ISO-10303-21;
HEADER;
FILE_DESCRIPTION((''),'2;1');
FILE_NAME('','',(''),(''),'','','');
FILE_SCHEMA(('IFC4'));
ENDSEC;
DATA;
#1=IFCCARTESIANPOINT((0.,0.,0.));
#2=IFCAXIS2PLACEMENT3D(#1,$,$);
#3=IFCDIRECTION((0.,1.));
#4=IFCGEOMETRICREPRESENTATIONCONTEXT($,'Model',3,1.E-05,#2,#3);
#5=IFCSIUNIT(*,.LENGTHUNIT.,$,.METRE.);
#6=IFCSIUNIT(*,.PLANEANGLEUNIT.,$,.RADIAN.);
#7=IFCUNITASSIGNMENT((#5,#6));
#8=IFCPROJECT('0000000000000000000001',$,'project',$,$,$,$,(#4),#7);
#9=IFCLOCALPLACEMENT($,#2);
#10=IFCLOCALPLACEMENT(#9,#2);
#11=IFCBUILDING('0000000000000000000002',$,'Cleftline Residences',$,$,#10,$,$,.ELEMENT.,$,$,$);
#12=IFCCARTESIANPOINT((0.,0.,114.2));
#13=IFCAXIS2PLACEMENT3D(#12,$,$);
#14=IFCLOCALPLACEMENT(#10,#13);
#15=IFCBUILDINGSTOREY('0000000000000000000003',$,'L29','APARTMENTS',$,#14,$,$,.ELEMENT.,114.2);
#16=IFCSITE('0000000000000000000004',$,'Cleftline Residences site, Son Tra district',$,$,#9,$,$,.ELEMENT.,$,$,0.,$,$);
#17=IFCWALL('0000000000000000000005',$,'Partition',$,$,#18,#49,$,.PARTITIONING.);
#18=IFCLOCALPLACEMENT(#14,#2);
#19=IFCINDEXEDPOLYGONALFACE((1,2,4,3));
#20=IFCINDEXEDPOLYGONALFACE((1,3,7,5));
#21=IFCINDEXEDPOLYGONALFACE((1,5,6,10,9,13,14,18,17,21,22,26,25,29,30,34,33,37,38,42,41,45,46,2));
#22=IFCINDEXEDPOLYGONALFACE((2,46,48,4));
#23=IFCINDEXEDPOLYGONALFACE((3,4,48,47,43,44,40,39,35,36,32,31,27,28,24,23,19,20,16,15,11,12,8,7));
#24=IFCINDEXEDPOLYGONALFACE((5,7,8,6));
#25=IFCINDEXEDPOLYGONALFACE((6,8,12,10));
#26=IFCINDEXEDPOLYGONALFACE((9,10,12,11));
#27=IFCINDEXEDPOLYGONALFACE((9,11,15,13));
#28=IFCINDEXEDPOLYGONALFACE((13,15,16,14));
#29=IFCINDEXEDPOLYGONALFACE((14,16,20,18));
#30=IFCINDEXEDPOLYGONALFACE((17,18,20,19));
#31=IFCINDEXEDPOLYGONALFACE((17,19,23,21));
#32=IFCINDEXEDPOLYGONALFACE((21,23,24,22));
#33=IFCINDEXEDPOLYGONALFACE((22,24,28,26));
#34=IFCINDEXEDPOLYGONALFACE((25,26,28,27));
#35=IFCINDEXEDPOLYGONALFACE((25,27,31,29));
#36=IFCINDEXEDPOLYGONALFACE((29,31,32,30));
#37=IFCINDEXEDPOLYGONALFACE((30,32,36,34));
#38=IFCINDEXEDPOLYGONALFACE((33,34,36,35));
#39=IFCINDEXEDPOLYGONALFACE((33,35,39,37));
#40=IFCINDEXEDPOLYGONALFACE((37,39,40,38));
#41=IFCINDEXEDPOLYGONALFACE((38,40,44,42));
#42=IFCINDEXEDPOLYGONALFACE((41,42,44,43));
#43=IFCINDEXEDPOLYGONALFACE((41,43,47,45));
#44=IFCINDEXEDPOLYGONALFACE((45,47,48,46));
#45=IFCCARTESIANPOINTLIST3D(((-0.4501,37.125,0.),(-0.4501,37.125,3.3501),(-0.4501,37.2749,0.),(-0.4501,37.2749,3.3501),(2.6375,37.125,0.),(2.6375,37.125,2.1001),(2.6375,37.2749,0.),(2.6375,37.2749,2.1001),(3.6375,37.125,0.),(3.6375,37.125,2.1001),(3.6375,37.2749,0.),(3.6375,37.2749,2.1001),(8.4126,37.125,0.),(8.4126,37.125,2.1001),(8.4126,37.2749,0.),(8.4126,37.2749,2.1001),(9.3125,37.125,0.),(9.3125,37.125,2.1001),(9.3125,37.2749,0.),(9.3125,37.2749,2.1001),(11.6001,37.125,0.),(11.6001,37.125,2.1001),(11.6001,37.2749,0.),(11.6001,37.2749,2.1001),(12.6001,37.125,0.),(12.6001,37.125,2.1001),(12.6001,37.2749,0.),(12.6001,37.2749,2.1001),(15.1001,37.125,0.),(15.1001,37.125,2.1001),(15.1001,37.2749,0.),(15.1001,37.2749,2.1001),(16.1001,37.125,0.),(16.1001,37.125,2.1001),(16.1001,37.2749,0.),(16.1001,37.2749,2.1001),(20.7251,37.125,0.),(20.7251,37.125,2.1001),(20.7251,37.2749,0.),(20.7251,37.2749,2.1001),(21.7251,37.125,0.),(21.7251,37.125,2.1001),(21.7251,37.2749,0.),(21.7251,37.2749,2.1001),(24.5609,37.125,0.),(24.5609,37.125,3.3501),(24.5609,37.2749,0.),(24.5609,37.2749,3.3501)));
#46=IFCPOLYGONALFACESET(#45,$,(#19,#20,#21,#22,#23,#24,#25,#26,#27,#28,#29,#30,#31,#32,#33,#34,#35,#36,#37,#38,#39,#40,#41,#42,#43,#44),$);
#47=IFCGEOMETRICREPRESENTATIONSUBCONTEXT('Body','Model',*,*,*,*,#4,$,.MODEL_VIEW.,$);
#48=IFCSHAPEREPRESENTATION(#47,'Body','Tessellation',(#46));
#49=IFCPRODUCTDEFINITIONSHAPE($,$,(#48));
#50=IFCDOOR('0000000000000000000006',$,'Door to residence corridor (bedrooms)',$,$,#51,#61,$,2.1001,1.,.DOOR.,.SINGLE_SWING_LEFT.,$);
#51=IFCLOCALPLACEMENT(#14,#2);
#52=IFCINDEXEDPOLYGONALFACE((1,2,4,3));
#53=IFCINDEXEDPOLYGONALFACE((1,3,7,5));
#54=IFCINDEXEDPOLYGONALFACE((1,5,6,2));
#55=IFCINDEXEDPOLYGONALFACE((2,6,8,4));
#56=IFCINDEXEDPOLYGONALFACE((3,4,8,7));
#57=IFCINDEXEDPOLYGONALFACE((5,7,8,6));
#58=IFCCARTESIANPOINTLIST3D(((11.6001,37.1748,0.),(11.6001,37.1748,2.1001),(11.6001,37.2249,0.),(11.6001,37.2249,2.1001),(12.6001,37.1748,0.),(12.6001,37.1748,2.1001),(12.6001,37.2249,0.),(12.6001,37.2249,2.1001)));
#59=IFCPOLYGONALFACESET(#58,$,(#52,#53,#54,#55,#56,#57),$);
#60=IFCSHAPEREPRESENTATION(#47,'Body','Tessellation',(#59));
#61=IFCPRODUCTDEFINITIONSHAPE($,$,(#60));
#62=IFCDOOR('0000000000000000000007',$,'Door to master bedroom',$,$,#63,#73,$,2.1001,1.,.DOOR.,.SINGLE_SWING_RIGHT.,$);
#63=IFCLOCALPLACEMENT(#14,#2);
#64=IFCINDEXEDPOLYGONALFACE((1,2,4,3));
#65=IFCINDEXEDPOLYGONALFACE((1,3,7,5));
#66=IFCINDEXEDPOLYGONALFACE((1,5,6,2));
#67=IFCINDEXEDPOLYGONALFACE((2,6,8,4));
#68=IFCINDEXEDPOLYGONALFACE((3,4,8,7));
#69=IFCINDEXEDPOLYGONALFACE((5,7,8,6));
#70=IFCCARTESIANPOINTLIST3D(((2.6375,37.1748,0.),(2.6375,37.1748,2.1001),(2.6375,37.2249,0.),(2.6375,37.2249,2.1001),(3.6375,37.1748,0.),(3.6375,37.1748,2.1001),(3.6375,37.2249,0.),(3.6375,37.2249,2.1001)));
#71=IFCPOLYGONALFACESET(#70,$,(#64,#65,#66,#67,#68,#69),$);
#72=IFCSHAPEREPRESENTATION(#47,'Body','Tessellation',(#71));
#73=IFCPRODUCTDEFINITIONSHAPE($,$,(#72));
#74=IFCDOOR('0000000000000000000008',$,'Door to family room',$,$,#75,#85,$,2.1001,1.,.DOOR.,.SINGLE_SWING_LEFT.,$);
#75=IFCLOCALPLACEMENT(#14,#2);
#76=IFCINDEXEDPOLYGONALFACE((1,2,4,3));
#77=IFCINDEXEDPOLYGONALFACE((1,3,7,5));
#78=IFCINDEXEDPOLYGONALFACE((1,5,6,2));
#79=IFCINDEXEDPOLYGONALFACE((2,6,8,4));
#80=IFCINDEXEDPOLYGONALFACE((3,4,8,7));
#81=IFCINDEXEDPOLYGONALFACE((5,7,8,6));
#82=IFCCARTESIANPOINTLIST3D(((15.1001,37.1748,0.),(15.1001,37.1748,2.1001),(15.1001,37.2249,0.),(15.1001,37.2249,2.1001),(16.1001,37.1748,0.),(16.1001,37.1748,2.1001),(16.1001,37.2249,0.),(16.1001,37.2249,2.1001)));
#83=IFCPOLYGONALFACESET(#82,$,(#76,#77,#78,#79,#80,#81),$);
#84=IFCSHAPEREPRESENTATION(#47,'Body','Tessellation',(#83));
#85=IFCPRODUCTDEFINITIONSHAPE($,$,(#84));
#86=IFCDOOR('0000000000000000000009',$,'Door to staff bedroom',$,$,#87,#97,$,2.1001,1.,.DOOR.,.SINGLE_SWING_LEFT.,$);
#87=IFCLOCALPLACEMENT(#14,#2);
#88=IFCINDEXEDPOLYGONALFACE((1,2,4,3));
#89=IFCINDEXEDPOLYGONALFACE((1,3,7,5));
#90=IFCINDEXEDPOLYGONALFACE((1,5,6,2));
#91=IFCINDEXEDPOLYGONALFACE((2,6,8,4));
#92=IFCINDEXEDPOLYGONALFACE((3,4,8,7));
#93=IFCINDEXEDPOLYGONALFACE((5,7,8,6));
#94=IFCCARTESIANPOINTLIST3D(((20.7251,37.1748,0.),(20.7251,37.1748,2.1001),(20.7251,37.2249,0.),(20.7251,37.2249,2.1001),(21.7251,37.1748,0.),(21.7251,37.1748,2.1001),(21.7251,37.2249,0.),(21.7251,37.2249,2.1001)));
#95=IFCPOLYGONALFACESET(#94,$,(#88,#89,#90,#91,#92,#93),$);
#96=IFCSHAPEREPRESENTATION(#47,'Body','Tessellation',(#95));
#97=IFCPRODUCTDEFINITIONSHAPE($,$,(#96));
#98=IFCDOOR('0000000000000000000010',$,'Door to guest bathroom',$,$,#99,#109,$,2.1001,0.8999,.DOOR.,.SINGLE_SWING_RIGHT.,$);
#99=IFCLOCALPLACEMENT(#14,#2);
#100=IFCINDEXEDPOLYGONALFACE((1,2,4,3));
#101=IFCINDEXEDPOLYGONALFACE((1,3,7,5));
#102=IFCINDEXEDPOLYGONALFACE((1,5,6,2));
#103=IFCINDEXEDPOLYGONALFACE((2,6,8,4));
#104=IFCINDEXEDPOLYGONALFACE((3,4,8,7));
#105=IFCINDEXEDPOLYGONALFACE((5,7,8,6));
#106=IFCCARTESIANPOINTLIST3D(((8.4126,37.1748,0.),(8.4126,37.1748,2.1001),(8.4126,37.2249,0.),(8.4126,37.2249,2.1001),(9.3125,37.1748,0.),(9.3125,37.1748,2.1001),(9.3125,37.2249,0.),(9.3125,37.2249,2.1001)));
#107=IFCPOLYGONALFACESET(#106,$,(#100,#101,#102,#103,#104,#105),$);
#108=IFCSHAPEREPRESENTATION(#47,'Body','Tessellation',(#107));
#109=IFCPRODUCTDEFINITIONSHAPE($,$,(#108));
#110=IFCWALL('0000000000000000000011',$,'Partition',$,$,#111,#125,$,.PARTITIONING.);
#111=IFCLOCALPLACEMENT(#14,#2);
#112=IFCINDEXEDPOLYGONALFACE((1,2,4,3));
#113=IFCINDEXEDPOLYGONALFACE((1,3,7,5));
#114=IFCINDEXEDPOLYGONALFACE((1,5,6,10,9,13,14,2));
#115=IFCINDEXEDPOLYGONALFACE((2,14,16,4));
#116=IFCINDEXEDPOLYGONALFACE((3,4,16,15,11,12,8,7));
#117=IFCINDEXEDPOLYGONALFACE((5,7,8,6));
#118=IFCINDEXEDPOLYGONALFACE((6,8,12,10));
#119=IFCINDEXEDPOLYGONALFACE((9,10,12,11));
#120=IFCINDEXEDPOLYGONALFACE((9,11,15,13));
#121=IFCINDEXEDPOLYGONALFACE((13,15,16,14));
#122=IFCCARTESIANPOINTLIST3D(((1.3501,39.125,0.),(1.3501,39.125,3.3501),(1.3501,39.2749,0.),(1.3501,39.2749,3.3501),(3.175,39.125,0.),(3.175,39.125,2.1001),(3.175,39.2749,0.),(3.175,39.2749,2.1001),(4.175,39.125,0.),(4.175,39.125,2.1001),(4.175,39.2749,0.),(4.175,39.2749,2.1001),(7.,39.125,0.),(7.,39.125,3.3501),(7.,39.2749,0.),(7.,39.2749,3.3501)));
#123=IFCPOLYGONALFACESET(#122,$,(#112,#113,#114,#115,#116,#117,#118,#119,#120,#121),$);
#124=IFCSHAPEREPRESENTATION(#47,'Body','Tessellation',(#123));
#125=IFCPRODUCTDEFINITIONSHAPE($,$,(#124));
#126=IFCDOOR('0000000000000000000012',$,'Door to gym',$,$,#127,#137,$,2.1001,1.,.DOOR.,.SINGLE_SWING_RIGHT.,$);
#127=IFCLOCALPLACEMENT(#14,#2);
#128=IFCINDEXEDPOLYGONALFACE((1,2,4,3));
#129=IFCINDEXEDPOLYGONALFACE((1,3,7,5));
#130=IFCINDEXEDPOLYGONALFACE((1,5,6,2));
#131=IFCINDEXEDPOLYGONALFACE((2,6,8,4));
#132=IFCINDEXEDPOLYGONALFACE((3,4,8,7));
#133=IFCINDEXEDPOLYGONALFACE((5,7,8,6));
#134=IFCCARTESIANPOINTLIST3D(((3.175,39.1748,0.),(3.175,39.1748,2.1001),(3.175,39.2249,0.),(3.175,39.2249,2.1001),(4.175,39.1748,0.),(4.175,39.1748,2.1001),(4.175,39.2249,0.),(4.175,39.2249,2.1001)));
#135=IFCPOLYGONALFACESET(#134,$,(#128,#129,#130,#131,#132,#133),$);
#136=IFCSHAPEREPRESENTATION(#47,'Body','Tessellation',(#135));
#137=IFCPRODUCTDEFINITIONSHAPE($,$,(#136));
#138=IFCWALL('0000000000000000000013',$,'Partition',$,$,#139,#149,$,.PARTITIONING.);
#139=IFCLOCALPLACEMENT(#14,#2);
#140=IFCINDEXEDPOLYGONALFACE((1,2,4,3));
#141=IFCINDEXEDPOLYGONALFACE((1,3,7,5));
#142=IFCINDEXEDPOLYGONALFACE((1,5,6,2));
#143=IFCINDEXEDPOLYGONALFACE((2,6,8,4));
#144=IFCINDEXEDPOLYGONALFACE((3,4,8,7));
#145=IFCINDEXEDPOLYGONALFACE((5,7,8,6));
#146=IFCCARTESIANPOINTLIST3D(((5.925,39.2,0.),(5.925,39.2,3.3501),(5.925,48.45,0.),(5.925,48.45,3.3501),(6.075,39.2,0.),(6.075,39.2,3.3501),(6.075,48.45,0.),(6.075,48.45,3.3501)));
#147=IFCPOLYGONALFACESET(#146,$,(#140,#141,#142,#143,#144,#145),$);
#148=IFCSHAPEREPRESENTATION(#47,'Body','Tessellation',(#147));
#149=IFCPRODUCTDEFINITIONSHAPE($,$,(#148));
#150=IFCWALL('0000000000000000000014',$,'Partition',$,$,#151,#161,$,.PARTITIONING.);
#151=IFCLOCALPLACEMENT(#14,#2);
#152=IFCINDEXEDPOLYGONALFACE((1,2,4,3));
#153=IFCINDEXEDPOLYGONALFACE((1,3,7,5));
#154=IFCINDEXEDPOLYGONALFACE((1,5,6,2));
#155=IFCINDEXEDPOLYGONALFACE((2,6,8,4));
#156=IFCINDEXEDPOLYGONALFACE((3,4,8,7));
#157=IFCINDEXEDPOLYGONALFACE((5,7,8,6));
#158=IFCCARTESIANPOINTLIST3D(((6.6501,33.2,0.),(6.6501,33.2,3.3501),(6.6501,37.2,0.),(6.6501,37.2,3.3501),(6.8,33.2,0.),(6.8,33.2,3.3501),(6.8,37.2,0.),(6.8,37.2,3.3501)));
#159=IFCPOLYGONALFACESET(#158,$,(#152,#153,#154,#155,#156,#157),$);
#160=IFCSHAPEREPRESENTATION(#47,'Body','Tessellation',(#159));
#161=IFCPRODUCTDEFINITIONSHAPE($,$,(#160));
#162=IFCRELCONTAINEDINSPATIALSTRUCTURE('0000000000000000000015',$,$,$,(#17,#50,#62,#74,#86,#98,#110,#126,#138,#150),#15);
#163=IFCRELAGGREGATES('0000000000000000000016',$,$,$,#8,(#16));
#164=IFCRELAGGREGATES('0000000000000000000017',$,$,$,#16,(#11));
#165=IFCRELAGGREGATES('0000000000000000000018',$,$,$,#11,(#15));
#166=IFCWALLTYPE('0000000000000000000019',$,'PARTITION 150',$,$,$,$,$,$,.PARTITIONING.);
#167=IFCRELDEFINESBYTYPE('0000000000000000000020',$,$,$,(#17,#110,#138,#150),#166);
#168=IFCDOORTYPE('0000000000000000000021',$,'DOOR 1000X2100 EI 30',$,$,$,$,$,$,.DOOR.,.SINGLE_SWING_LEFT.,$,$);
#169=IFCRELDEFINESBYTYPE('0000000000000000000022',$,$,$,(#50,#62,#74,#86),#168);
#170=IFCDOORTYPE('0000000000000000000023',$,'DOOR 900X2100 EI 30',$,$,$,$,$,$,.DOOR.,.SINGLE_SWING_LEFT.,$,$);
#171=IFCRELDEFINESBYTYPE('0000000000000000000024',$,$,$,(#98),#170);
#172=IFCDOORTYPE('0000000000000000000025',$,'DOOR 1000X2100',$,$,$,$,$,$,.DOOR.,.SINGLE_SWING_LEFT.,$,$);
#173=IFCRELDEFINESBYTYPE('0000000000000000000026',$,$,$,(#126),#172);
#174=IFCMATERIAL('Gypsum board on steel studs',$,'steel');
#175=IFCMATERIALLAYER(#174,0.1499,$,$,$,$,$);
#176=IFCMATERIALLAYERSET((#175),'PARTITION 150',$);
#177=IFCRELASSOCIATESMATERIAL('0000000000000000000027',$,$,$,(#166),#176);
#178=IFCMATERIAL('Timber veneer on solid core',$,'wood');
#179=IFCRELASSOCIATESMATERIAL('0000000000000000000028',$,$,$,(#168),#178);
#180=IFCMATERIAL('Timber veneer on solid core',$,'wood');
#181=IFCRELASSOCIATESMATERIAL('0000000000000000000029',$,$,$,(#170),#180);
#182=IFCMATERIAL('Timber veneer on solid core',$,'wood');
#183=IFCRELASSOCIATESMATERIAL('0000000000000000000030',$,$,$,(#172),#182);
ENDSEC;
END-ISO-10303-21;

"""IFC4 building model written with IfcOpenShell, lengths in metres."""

from ifc_helpers import new_model, si_unit, direction, frame, frame_2d, origin, place, context, subcontext, project, spatial, rectangle, extrude, material, layer, layer_set, type_object, element, fill, save


model = new_model("IFC4")

# Units and contexts
model_context = context("Model", 3, precision=1e-05, world=origin(), true_north=direction((0.0, 1.0)))
body_context = subcontext(model_context, "Body", "Model", "MODEL_VIEW")
ifc_project = project(units=[si_unit("LENGTHUNIT", "METRE"), si_unit("PLANEANGLEUNIT", "RADIAN")], contexts=[model_context])

# Site, building, storey
site_placement = place(None, origin())
site = spatial("IfcSite", under=ifc_project, at=site_placement, Name="Cleftline Residences site, Son Tra district", CompositionType="ELEMENT", RefElevation=0.0)
building_placement = place(site_placement, origin())
building = spatial("IfcBuilding", under=site, at=building_placement, Name="Cleftline Residences", CompositionType="ELEMENT")
storey_placement = place(building_placement, frame((0.0, 0.0, 114.2)))
storey = spatial("IfcBuildingStorey", under=building, at=storey_placement, Name="L29", Description="APARTMENTS", CompositionType="ELEMENT", Elevation=114.2)

# Shared definitions
ifc_material_1 = material(Name="Gypsum board on steel studs", Category="steel")
ifc_layer = layer(ifc_material_1, 0.1499)
ifc_layer_set = layer_set([ifc_layer], Name="PARTITION 150")
wall_type = type_object("IfcWallType", Name="PARTITION 150", PredefinedType="PARTITIONING", material=ifc_layer_set)

# Wall, openings, doors
wall_1_placement = place(storey_placement, frame((-0.45, 37.2, 0.0), z_axis=(0.0, 0.0, 1.0), x_axis=(1.0, 0.0, 0.0)))
wall_1 = element("IfcWall", 1, at=wall_1_placement, inside=storey, type_object=wall_type, Name="Partition", PredefinedType="PARTITIONING", context=body_context, shape_type="SweptSolid", body=[
    extrude(rectangle(XDim=25.011, YDim=0.1499, at=frame_2d((12.5054, 0.0))), origin(), (0.0, 0.0, 1.0), 3.3501),
])
opening_1_placement = place(wall_1_placement, frame((12.05, 0.0, 0.0)))
opening_1 = element("IfcOpeningElement", 2, at=opening_1_placement, cuts=wall_1, PredefinedType="OPENING", context=body_context, shape_type="SweptSolid", body=[
    extrude(rectangle(XDim=1.0, YDim=2.1001, at=frame_2d((0.5, 1.05))), frame((0.0, 0.085, 0.0), z_axis=(0.0, -1.0, 0.0), x_axis=(1.0, 0.0, 0.0)), (0.0, 0.0, 1.0), 0.1699),
])
opening_2_placement = place(wall_1_placement, frame((3.0874, 0.0, 0.0)))
opening_2 = element("IfcOpeningElement", 3, at=opening_2_placement, cuts=wall_1, PredefinedType="OPENING", context=body_context, shape_type="SweptSolid", body=[
    extrude(rectangle(XDim=1.0, YDim=2.1001, at=frame_2d((0.5, 1.05))), frame((0.0, 0.085, 0.0), z_axis=(0.0, -1.0, 0.0), x_axis=(1.0, 0.0, 0.0)), (0.0, 0.0, 1.0), 0.1699),
])
opening_3_placement = place(wall_1_placement, frame((8.8625, 0.0, 0.0)))
opening_3 = element("IfcOpeningElement", 4, at=opening_3_placement, cuts=wall_1, PredefinedType="OPENING", context=body_context, shape_type="SweptSolid", body=[
    extrude(rectangle(XDim=0.8999, YDim=2.1001, at=frame_2d((0.45, 1.05))), frame((0.0, 0.085, 0.0), z_axis=(0.0, -1.0, 0.0), x_axis=(1.0, 0.0, 0.0)), (0.0, 0.0, 1.0), 0.1699),
])
opening_4_placement = place(wall_1_placement, frame((15.55, 0.0, 0.0)))
opening_4 = element("IfcOpeningElement", 5, at=opening_4_placement, cuts=wall_1, PredefinedType="OPENING", context=body_context, shape_type="SweptSolid", body=[
    extrude(rectangle(XDim=1.0, YDim=2.1001, at=frame_2d((0.5, 1.05))), frame((0.0, 0.085, 0.0), z_axis=(0.0, -1.0, 0.0), x_axis=(1.0, 0.0, 0.0)), (0.0, 0.0, 1.0), 0.1699),
])
opening_5_placement = place(wall_1_placement, frame((21.175, 0.0, 0.0)))
opening_5 = element("IfcOpeningElement", 6, at=opening_5_placement, cuts=wall_1, PredefinedType="OPENING", context=body_context, shape_type="SweptSolid", body=[
    extrude(rectangle(XDim=1.0, YDim=2.1001, at=frame_2d((0.5, 1.05))), frame((0.0, 0.085, 0.0), z_axis=(0.0, -1.0, 0.0), x_axis=(1.0, 0.0, 0.0)), (0.0, 0.0, 1.0), 0.1699),
])
ifc_material_2 = material(Name="Timber veneer on solid core", Category="wood")
door_type_1 = type_object("IfcDoorType", Name="DOOR 1000X2100 EI 30", OperationType="SINGLE_SWING_LEFT", PredefinedType="DOOR", material=ifc_material_2)
door_1_placement = place(opening_1_placement, origin())
door_1 = element("IfcDoor", 7, at=door_1_placement, inside=storey, type_object=door_type_1, Name="Door to residence corridor (bedrooms)", OperationType="SINGLE_SWING_LEFT", OverallHeight=2.1001, OverallWidth=1.0, PredefinedType="DOOR", context=body_context, shape_type="SweptSolid", body=[
    extrude(rectangle(XDim=1.0, YDim=2.1001, at=frame_2d((0.5, 1.05))), frame((0.0, 0.0249, 0.0), z_axis=(0.0, -1.0, 0.0), x_axis=(1.0, 0.0, 0.0)), (0.0, 0.0, 1.0), 0.05),
])
fill(opening_1, door_1)
door_2_placement = place(opening_2_placement, origin())
door_2 = element("IfcDoor", 8, at=door_2_placement, inside=storey, type_object=door_type_1, Name="Door to master bedroom", OperationType="SINGLE_SWING_RIGHT", OverallHeight=2.1001, OverallWidth=1.0, PredefinedType="DOOR", context=body_context, shape_type="SweptSolid", body=[
    extrude(rectangle(XDim=1.0, YDim=2.1001, at=frame_2d((0.5, 1.05))), frame((0.0, 0.0249, 0.0), z_axis=(0.0, -1.0, 0.0), x_axis=(1.0, 0.0, 0.0)), (0.0, 0.0, 1.0), 0.05),
])
fill(opening_2, door_2)
door_3_placement = place(opening_4_placement, origin())
door_3 = element("IfcDoor", 9, at=door_3_placement, inside=storey, type_object=door_type_1, Name="Door to family room", OperationType="SINGLE_SWING_LEFT", OverallHeight=2.1001, OverallWidth=1.0, PredefinedType="DOOR", context=body_context, shape_type="SweptSolid", body=[
    extrude(rectangle(XDim=1.0, YDim=2.1001, at=frame_2d((0.5, 1.05))), frame((0.0, 0.0249, 0.0), z_axis=(0.0, -1.0, 0.0), x_axis=(1.0, 0.0, 0.0)), (0.0, 0.0, 1.0), 0.05),
])
fill(opening_4, door_3)
door_4_placement = place(opening_5_placement, origin())
door_4 = element("IfcDoor", 10, at=door_4_placement, inside=storey, type_object=door_type_1, Name="Door to staff bedroom", OperationType="SINGLE_SWING_LEFT", OverallHeight=2.1001, OverallWidth=1.0, PredefinedType="DOOR", context=body_context, shape_type="SweptSolid", body=[
    extrude(rectangle(XDim=1.0, YDim=2.1001, at=frame_2d((0.5, 1.05))), frame((0.0, 0.0249, 0.0), z_axis=(0.0, -1.0, 0.0), x_axis=(1.0, 0.0, 0.0)), (0.0, 0.0, 1.0), 0.05),
])
fill(opening_5, door_4)
ifc_material_3 = material(Name="Timber veneer on solid core", Category="wood")
door_type_2 = type_object("IfcDoorType", Name="DOOR 900X2100 EI 30", OperationType="SINGLE_SWING_LEFT", PredefinedType="DOOR", material=ifc_material_3)
door_5_placement = place(opening_3_placement, origin())
door_5 = element("IfcDoor", 11, at=door_5_placement, inside=storey, type_object=door_type_2, Name="Door to guest bathroom", OperationType="SINGLE_SWING_RIGHT", OverallHeight=2.1001, OverallWidth=0.8999, PredefinedType="DOOR", context=body_context, shape_type="SweptSolid", body=[
    extrude(rectangle(XDim=0.8999, YDim=2.1001, at=frame_2d((0.45, 1.05))), frame((0.0, 0.0249, 0.0), z_axis=(0.0, -1.0, 0.0), x_axis=(1.0, 0.0, 0.0)), (0.0, 0.0, 1.0), 0.05),
])
fill(opening_3, door_5)

# Wall, opening, door
wall_2_placement = place(storey_placement, frame((1.3501, 39.2, 0.0), z_axis=(0.0, 0.0, 1.0), x_axis=(1.0, 0.0, 0.0)))
wall_2 = element("IfcWall", 12, at=wall_2_placement, inside=storey, type_object=wall_type, Name="Partition", PredefinedType="PARTITIONING", context=body_context, shape_type="SweptSolid", body=[
    extrude(rectangle(XDim=5.6499, YDim=0.1499, at=frame_2d((2.825, 0.0))), origin(), (0.0, 0.0, 1.0), 3.3501),
])
opening_6_placement = place(wall_2_placement, frame((1.825, 0.0, 0.0)))
opening_6 = element("IfcOpeningElement", 13, at=opening_6_placement, cuts=wall_2, PredefinedType="OPENING", context=body_context, shape_type="SweptSolid", body=[
    extrude(rectangle(XDim=1.0, YDim=2.1001, at=frame_2d((0.5, 1.05))), frame((0.0, 0.085, 0.0), z_axis=(0.0, -1.0, 0.0), x_axis=(1.0, 0.0, 0.0)), (0.0, 0.0, 1.0), 0.1699),
])
ifc_material_4 = material(Name="Timber veneer on solid core", Category="wood")
door_type_3 = type_object("IfcDoorType", Name="DOOR 1000X2100", OperationType="SINGLE_SWING_LEFT", PredefinedType="DOOR", material=ifc_material_4)
door_6_placement = place(opening_6_placement, origin())
door_6 = element("IfcDoor", 14, at=door_6_placement, inside=storey, type_object=door_type_3, Name="Door to gym", OperationType="SINGLE_SWING_RIGHT", OverallHeight=2.1001, OverallWidth=1.0, PredefinedType="DOOR", context=body_context, shape_type="SweptSolid", body=[
    extrude(rectangle(XDim=1.0, YDim=2.1001, at=frame_2d((0.5, 1.05))), frame((0.0, 0.0249, 0.0), z_axis=(0.0, -1.0, 0.0), x_axis=(1.0, 0.0, 0.0)), (0.0, 0.0, 1.0), 0.05),
])
fill(opening_6, door_6)

# Walls
wall_3_placement = place(storey_placement, frame((6.0, 39.2, 0.0), z_axis=(0.0, 0.0, 1.0), x_axis=(0.0, 1.0, 0.0)))
element("IfcWall", 15, at=wall_3_placement, inside=storey, type_object=wall_type, Name="Partition", PredefinedType="PARTITIONING", context=body_context, shape_type="SweptSolid", body=[
    extrude(rectangle(XDim=9.25, YDim=0.1499, at=frame_2d((4.625, 0.0))), origin(), (0.0, 0.0, 1.0), 3.3501),
])
wall_4_placement = place(storey_placement, frame((6.7251, 33.2, 0.0), z_axis=(0.0, 0.0, 1.0), x_axis=(0.0, 1.0, 0.0)))
element("IfcWall", 16, at=wall_4_placement, inside=storey, type_object=wall_type, Name="Partition", PredefinedType="PARTITIONING", context=body_context, shape_type="SweptSolid", body=[
    extrude(rectangle(XDim=4.0, YDim=0.1499, at=frame_2d((2.0, 0.0))), origin(), (0.0, 0.0, 1.0), 3.3501),
])

save(model, "model.ifc")
